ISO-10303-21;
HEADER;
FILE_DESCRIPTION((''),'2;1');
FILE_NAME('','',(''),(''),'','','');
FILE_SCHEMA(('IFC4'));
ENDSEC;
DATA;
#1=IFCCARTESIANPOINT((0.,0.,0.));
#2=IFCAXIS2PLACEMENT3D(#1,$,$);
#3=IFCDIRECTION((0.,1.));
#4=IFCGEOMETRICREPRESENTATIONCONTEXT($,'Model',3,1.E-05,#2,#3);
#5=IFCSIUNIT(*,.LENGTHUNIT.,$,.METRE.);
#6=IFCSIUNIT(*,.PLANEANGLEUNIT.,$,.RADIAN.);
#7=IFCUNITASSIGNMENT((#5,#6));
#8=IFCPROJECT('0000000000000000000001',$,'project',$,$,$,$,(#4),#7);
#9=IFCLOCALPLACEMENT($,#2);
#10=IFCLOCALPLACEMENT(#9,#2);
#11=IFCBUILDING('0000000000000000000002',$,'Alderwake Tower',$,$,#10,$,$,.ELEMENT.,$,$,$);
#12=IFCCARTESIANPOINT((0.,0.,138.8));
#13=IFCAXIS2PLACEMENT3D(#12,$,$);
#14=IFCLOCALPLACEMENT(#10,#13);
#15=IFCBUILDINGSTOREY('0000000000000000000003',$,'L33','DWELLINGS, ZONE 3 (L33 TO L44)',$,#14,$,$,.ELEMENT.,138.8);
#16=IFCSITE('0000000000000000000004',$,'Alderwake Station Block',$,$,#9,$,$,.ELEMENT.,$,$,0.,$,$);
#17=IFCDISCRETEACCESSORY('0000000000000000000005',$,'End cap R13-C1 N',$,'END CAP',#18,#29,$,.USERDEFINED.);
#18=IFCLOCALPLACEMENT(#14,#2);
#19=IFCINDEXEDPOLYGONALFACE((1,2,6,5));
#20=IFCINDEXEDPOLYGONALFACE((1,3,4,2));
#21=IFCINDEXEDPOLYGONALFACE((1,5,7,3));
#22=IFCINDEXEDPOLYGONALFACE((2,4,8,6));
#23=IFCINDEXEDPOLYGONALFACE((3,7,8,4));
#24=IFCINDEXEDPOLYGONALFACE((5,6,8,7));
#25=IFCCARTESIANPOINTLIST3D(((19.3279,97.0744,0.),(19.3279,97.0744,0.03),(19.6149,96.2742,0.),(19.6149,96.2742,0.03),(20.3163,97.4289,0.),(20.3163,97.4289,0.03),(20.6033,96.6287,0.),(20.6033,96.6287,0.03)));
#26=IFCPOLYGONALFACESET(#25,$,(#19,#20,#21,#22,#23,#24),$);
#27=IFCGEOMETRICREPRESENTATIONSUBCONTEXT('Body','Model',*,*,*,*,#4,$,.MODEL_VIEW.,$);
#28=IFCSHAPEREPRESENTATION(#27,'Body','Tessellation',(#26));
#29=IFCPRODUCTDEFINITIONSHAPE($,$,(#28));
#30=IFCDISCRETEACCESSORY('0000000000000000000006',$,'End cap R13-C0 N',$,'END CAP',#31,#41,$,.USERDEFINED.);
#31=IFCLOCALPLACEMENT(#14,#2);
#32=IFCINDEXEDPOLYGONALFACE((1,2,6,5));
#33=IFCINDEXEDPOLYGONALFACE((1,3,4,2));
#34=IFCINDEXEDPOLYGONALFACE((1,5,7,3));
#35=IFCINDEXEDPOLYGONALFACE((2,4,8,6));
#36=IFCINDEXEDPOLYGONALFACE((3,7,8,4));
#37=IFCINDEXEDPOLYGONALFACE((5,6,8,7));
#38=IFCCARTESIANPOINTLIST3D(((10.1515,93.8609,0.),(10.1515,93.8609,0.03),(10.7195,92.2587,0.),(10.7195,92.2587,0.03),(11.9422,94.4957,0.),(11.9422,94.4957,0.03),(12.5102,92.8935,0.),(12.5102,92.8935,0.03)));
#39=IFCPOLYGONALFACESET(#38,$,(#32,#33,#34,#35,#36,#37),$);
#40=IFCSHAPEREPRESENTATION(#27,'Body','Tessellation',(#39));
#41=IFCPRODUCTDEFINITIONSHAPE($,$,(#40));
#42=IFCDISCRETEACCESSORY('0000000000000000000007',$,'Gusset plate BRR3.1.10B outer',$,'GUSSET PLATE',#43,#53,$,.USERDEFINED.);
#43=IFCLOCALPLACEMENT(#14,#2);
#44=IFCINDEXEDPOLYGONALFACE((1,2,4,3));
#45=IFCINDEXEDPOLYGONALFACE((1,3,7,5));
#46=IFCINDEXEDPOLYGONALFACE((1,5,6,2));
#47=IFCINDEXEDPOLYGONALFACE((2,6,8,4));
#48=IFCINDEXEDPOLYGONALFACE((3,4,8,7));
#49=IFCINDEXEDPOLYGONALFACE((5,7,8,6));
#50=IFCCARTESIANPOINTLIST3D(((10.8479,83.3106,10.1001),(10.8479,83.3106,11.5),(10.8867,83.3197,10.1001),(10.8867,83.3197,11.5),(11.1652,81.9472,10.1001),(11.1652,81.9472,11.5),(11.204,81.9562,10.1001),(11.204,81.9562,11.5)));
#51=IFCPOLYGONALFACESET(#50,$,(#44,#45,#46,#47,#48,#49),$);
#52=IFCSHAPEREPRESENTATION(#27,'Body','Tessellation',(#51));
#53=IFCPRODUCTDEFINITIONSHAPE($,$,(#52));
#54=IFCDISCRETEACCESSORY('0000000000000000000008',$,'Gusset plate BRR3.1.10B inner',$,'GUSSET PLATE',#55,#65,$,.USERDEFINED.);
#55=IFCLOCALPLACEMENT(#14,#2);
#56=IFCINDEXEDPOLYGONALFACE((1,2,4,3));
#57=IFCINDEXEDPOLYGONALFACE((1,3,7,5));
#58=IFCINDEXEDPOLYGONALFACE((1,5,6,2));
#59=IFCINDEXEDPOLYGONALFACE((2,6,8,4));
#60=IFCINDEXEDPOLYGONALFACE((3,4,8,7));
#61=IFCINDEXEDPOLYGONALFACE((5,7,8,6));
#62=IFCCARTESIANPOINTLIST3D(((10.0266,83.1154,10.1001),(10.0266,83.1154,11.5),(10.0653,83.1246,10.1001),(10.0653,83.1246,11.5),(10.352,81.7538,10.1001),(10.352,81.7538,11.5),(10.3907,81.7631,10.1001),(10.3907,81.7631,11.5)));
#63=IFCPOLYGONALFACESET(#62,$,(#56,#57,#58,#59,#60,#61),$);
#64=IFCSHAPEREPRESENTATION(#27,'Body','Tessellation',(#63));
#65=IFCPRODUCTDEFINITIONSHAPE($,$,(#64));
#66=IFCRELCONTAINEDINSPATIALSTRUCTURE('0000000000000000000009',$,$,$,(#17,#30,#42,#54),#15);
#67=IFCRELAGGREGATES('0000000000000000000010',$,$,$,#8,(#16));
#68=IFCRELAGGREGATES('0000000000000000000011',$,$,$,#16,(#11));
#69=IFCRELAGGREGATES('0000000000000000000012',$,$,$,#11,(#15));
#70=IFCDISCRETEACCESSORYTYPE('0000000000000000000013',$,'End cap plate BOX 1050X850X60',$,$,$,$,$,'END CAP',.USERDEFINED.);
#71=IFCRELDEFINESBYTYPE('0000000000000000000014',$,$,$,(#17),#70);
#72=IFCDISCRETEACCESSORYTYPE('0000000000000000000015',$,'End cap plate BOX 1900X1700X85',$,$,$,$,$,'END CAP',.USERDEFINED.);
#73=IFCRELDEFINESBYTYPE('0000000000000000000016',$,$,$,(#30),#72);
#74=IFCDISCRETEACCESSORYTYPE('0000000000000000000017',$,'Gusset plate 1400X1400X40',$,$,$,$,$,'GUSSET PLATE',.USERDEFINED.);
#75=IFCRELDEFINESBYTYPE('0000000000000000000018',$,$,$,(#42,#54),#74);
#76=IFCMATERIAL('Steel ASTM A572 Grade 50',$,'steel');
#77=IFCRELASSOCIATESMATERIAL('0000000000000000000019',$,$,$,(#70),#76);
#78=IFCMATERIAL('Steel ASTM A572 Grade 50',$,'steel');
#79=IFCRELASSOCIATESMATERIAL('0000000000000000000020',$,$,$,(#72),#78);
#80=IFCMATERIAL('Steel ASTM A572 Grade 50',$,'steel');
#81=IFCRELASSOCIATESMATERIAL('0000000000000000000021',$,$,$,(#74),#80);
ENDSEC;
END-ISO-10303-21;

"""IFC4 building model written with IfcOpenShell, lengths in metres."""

from ifc_helpers import new_model, si_unit, direction, frame, origin, origin_2d, place, context, subcontext, project, spatial, rectangle, extrude, material, material_profile, profile_set, type_object, element, save


model = new_model("IFC4")

# Units and contexts
model_context = context("Model", 3, precision=1e-05, world=origin(), true_north=direction((0.0, 1.0)))
body_context = subcontext(model_context, "Body", "Model", "MODEL_VIEW")
ifc_project = project(units=[si_unit("LENGTHUNIT", "METRE"), si_unit("PLANEANGLEUNIT", "RADIAN")], contexts=[model_context])

# Site, building, storey
site_placement = place(None, origin())
site = spatial("IfcSite", under=ifc_project, at=site_placement, Name="Alderwake Station Block", CompositionType="ELEMENT", RefElevation=0.0)
building_placement = place(site_placement, origin())
building = spatial("IfcBuilding", under=site, at=building_placement, Name="Alderwake Tower", CompositionType="ELEMENT")
storey_placement = place(building_placement, frame((0.0, 0.0, 138.8)))
storey = spatial("IfcBuildingStorey", under=building, at=storey_placement, Name="L33", Description="DWELLINGS, ZONE 3 (L33 TO L44)", CompositionType="ELEMENT", Elevation=138.8)

# Discrete accessories
ifc_material_1 = material(Name="Steel ASTM A572 Grade 50", Category="steel")
ifc_material_profile_1 = material_profile(ifc_material_1, rectangle(XDim=0.8501, YDim=1.05, at=origin_2d()), Name="BOX 1050X850X60 cap")
ifc_profile_set_1 = profile_set([ifc_material_profile_1], Name="Steel ASTM A572 Grade 50")
discrete_accessory_type_1 = type_object("IfcDiscreteAccessoryType", Name="End cap plate BOX 1050X850X60", ElementType="END CAP", PredefinedType="USERDEFINED", material=ifc_profile_set_1)
discrete_accessory_1_placement = place(storey_placement, frame((19.9656, 96.8516, 0.0), z_axis=(0.0, 0.0, 1.0), x_axis=(-0.337585, 0.941295, 0.0)))
element("IfcDiscreteAccessory", 1, at=discrete_accessory_1_placement, inside=storey, type_object=discrete_accessory_type_1, Name="End cap R13-C1 N", ObjectType="END CAP", PredefinedType="USERDEFINED", context=body_context, shape_type="SweptSolid", body=[
    extrude(rectangle(XDim=0.8501, YDim=1.05, at=origin_2d()), origin(), (0.0, 0.0, 1.0), 0.03),
])
ifc_material_2 = material(Name="Steel ASTM A572 Grade 50", Category="steel")
ifc_material_profile_2 = material_profile(ifc_material_2, rectangle(XDim=1.7, YDim=1.8999, at=origin_2d()), Name="BOX 1900X1700X85 cap")
ifc_profile_set_2 = profile_set([ifc_material_profile_2], Name="Steel ASTM A572 Grade 50")
discrete_accessory_type_2 = type_object("IfcDiscreteAccessoryType", Name="End cap plate BOX 1900X1700X85", ElementType="END CAP", PredefinedType="USERDEFINED", material=ifc_profile_set_2)
discrete_accessory_2_placement = place(storey_placement, frame((11.3308, 93.3772, 0.0), z_axis=(0.0, 0.0, 1.0), x_axis=(-0.334131, 0.942527, 0.0)))
element("IfcDiscreteAccessory", 2, at=discrete_accessory_2_placement, inside=storey, type_object=discrete_accessory_type_2, Name="End cap R13-C0 N", ObjectType="END CAP", PredefinedType="USERDEFINED", context=body_context, shape_type="SweptSolid", body=[
    extrude(rectangle(XDim=1.7, YDim=1.8999, at=origin_2d()), origin(), (0.0, 0.0, 1.0), 0.03),
])
ifc_material_3 = material(Name="Steel ASTM A572 Grade 50", Category="steel")
ifc_material_profile_3 = material_profile(ifc_material_3, rectangle(XDim=1.3999, YDim=1.3999, at=origin_2d()), Name="gusset 1400X1400")
ifc_profile_set_3 = profile_set([ifc_material_profile_3], Name="Steel ASTM A572 Grade 50")
discrete_accessory_type_3 = type_object("IfcDiscreteAccessoryType", Name="Gusset plate 1400X1400X40", ElementType="GUSSET PLATE", PredefinedType="USERDEFINED", material=ifc_profile_set_3)
for number, where, z_axis, x_axis, name in (
    (3, (11.0066, 82.6289, 10.8), (0.973977, 0.226649, 0.0), (-0.226649, 0.973977, 0.0), "Gusset plate BRR3.1.10B outer"),
    (4, (10.228, 82.4438, 10.8), (-0.972609, -0.232447, 0.0), (0.232447, -0.972609, 0.0), "Gusset plate BRR3.1.10B inner"),
):
    element("IfcDiscreteAccessory", number, at=place(storey_placement, frame(where, z_axis=z_axis, x_axis=x_axis)), inside=storey, type_object=discrete_accessory_type_3, Name=name, ObjectType="GUSSET PLATE", PredefinedType="USERDEFINED", context=body_context, shape_type="SweptSolid", body=[
        extrude(rectangle(XDim=1.3999, YDim=1.3999, at=origin_2d()), origin(), (0.0, 0.0, 1.0), 0.0398),
    ])

save(model, "model.ifc")
